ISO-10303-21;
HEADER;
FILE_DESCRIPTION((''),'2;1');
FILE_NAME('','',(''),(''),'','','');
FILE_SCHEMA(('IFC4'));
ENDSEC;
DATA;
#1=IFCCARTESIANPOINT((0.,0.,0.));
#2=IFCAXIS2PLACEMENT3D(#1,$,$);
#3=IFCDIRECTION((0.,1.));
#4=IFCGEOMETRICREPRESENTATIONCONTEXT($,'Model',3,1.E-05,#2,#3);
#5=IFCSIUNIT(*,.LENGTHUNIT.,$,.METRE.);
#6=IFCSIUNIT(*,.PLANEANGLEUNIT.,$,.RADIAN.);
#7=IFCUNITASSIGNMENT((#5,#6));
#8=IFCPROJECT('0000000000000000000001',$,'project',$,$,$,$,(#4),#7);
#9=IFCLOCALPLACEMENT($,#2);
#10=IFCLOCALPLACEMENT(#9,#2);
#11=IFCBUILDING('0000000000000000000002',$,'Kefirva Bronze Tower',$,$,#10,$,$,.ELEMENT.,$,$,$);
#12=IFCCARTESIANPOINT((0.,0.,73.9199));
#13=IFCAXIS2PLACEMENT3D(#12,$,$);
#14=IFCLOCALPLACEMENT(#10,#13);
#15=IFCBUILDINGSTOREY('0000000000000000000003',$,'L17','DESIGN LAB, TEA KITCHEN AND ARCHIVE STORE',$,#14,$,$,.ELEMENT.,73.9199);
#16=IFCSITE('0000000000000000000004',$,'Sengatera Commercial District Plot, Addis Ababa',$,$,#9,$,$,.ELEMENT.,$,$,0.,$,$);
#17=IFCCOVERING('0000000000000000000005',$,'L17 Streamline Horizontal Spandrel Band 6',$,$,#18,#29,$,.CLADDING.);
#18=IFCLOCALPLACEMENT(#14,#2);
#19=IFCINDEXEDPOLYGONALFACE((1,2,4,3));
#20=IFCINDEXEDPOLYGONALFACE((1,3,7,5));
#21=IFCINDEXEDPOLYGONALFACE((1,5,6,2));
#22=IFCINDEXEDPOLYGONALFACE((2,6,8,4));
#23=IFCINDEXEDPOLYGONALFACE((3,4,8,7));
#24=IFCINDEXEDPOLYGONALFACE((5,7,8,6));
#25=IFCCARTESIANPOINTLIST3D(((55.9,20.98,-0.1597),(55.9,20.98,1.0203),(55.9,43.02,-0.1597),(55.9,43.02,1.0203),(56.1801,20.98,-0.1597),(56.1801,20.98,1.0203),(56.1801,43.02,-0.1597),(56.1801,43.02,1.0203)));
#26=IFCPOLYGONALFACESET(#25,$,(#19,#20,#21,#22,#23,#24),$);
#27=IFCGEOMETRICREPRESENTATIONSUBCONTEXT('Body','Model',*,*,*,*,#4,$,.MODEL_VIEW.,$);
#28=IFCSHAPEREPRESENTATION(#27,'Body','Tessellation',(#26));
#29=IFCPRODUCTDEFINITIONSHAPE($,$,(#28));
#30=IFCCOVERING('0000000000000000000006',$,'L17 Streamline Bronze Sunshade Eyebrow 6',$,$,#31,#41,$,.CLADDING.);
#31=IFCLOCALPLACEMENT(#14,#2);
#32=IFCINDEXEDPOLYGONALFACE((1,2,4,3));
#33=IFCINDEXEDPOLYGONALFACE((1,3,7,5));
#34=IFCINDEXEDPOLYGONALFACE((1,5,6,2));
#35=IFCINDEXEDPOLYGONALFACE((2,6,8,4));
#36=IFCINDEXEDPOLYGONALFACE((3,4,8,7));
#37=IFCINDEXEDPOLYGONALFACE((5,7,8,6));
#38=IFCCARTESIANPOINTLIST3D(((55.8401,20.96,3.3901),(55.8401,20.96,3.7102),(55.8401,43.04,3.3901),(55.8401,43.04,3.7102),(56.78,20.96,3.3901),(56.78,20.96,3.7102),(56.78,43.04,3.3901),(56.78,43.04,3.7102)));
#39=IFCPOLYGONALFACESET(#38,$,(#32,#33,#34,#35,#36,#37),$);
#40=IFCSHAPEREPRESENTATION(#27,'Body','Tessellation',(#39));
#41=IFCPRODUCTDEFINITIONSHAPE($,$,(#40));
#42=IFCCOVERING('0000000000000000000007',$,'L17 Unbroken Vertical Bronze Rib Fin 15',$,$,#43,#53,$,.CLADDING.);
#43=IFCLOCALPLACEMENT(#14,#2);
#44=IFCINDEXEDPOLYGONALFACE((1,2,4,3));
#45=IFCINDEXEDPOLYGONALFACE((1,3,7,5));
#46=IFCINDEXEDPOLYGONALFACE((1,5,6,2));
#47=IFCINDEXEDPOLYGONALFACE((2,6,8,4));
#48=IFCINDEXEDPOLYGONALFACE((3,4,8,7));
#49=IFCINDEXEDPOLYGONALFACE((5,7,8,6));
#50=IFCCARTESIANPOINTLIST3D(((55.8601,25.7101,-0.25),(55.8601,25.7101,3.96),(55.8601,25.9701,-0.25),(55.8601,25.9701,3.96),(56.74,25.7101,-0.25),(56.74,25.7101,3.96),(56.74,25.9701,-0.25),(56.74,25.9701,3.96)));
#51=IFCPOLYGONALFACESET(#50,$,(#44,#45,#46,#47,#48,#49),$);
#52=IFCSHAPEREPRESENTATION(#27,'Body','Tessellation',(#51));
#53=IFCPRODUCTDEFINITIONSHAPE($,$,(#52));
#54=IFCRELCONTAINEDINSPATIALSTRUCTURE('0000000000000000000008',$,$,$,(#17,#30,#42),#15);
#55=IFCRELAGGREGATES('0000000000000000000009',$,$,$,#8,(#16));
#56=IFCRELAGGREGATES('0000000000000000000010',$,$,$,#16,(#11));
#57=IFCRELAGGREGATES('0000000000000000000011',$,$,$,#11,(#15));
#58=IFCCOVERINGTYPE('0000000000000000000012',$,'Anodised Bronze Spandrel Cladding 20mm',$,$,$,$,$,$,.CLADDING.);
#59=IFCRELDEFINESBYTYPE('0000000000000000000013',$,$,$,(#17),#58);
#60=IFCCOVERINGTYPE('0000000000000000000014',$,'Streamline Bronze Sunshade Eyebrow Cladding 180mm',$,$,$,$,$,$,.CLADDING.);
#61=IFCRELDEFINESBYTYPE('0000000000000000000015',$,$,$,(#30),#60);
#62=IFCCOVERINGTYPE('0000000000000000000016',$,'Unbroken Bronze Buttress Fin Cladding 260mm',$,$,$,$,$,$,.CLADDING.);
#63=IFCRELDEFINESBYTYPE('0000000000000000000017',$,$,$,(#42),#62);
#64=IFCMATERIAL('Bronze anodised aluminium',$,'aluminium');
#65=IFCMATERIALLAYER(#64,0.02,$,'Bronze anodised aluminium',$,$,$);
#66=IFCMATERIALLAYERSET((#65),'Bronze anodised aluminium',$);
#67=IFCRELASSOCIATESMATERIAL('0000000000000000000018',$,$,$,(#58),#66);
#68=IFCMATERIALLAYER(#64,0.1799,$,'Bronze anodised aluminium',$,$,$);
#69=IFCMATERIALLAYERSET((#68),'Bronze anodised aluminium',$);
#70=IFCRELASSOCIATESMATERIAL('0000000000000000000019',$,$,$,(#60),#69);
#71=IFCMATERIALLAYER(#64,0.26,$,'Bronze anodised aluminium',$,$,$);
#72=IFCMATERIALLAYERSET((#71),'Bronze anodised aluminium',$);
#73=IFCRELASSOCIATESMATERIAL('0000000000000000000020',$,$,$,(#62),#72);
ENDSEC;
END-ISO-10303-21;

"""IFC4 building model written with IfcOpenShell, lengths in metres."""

from ifc_helpers import new_model, si_unit, direction, frame, origin, origin_2d, place, context, subcontext, project, spatial, rectangle, extrude, material, layer, layer_set, type_object, element, save


model = new_model("IFC4")

# Units and contexts
model_context = context("Model", 3, precision=1e-05, world=origin(), true_north=direction((0.0, 1.0)))
body_context = subcontext(model_context, "Body", "Model", "MODEL_VIEW")
ifc_project = project(units=[si_unit("LENGTHUNIT", "METRE"), si_unit("PLANEANGLEUNIT", "RADIAN")], contexts=[model_context])

# Site, building, storey
site_placement = place(None, origin())
site = spatial("IfcSite", under=ifc_project, at=site_placement, Name="Sengatera Commercial District Plot, Addis Ababa", CompositionType="ELEMENT", RefElevation=0.0)
building_placement = place(site_placement, origin())
building = spatial("IfcBuilding", under=site, at=building_placement, Name="Kefirva Bronze Tower", CompositionType="ELEMENT")
storey_placement = place(building_placement, frame((0.0, 0.0, 73.9199)))
storey = spatial("IfcBuildingStorey", under=building, at=storey_placement, Name="L17", Description="DESIGN LAB, TEA KITCHEN AND ARCHIVE STORE", CompositionType="ELEMENT", Elevation=73.9199)

# Shared definitions
ifc_material_1 = material(Name="Bronze anodised aluminium", Category="aluminium")

# Coverings
ifc_layer_1 = layer(ifc_material_1, 0.02, Name="Bronze anodised aluminium")
ifc_layer_set_1 = layer_set([ifc_layer_1], Name="Bronze anodised aluminium")
covering_type_1 = type_object("IfcCoveringType", Name="Anodised Bronze Spandrel Cladding 20mm", PredefinedType="CLADDING", material=ifc_layer_set_1)
covering_1_placement = place(storey_placement, frame((56.04, 32.0, -0.1597), z_axis=(0.0, 0.0, 1.0), x_axis=(0.0, 1.0, 0.0)))
element("IfcCovering", 1, at=covering_1_placement, inside=storey, type_object=covering_type_1, Name="L17 Streamline Horizontal Spandrel Band 6", PredefinedType="CLADDING", context=body_context, shape_type="SweptSolid", body=[
    extrude(rectangle(XDim=22.04, YDim=0.28, at=origin_2d()), origin(), (0.0, 0.0, 1.0), 1.1799),
])
ifc_layer_2 = layer(ifc_material_1, 0.1799, Name="Bronze anodised aluminium")
ifc_layer_set_2 = layer_set([ifc_layer_2], Name="Bronze anodised aluminium")
covering_type_2 = type_object("IfcCoveringType", Name="Streamline Bronze Sunshade Eyebrow Cladding 180mm", PredefinedType="CLADDING", material=ifc_layer_set_2)
covering_2_placement = place(storey_placement, frame((56.3101, 32.0, 3.3901), z_axis=(0.0, 0.0, 1.0), x_axis=(0.0, 1.0, 0.0)))
element("IfcCovering", 2, at=covering_2_placement, inside=storey, type_object=covering_type_2, Name="L17 Streamline Bronze Sunshade Eyebrow 6", PredefinedType="CLADDING", context=body_context, shape_type="SweptSolid", body=[
    extrude(rectangle(XDim=22.0801, YDim=0.9399, at=origin_2d()), origin(), (0.0, 0.0, 1.0), 0.3201),
])
ifc_layer_3 = layer(ifc_material_1, 0.26, Name="Bronze anodised aluminium")
ifc_layer_set_3 = layer_set([ifc_layer_3], Name="Bronze anodised aluminium")
covering_type_3 = type_object("IfcCoveringType", Name="Unbroken Bronze Buttress Fin Cladding 260mm", PredefinedType="CLADDING", material=ifc_layer_set_3)
covering_3_placement = place(storey_placement, frame((56.3, 25.8401, -0.25), z_axis=(0.0, 0.0, 1.0), x_axis=(0.0, 1.0, 0.0)))
element("IfcCovering", 3, at=covering_3_placement, inside=storey, type_object=covering_type_3, Name="L17 Unbroken Vertical Bronze Rib Fin 15", PredefinedType="CLADDING", context=body_context, shape_type="SweptSolid", body=[
    extrude(rectangle(XDim=0.26, YDim=0.8799, at=origin_2d()), origin(), (0.0, 0.0, 1.0), 4.21),
])

save(model, "model.ifc")
